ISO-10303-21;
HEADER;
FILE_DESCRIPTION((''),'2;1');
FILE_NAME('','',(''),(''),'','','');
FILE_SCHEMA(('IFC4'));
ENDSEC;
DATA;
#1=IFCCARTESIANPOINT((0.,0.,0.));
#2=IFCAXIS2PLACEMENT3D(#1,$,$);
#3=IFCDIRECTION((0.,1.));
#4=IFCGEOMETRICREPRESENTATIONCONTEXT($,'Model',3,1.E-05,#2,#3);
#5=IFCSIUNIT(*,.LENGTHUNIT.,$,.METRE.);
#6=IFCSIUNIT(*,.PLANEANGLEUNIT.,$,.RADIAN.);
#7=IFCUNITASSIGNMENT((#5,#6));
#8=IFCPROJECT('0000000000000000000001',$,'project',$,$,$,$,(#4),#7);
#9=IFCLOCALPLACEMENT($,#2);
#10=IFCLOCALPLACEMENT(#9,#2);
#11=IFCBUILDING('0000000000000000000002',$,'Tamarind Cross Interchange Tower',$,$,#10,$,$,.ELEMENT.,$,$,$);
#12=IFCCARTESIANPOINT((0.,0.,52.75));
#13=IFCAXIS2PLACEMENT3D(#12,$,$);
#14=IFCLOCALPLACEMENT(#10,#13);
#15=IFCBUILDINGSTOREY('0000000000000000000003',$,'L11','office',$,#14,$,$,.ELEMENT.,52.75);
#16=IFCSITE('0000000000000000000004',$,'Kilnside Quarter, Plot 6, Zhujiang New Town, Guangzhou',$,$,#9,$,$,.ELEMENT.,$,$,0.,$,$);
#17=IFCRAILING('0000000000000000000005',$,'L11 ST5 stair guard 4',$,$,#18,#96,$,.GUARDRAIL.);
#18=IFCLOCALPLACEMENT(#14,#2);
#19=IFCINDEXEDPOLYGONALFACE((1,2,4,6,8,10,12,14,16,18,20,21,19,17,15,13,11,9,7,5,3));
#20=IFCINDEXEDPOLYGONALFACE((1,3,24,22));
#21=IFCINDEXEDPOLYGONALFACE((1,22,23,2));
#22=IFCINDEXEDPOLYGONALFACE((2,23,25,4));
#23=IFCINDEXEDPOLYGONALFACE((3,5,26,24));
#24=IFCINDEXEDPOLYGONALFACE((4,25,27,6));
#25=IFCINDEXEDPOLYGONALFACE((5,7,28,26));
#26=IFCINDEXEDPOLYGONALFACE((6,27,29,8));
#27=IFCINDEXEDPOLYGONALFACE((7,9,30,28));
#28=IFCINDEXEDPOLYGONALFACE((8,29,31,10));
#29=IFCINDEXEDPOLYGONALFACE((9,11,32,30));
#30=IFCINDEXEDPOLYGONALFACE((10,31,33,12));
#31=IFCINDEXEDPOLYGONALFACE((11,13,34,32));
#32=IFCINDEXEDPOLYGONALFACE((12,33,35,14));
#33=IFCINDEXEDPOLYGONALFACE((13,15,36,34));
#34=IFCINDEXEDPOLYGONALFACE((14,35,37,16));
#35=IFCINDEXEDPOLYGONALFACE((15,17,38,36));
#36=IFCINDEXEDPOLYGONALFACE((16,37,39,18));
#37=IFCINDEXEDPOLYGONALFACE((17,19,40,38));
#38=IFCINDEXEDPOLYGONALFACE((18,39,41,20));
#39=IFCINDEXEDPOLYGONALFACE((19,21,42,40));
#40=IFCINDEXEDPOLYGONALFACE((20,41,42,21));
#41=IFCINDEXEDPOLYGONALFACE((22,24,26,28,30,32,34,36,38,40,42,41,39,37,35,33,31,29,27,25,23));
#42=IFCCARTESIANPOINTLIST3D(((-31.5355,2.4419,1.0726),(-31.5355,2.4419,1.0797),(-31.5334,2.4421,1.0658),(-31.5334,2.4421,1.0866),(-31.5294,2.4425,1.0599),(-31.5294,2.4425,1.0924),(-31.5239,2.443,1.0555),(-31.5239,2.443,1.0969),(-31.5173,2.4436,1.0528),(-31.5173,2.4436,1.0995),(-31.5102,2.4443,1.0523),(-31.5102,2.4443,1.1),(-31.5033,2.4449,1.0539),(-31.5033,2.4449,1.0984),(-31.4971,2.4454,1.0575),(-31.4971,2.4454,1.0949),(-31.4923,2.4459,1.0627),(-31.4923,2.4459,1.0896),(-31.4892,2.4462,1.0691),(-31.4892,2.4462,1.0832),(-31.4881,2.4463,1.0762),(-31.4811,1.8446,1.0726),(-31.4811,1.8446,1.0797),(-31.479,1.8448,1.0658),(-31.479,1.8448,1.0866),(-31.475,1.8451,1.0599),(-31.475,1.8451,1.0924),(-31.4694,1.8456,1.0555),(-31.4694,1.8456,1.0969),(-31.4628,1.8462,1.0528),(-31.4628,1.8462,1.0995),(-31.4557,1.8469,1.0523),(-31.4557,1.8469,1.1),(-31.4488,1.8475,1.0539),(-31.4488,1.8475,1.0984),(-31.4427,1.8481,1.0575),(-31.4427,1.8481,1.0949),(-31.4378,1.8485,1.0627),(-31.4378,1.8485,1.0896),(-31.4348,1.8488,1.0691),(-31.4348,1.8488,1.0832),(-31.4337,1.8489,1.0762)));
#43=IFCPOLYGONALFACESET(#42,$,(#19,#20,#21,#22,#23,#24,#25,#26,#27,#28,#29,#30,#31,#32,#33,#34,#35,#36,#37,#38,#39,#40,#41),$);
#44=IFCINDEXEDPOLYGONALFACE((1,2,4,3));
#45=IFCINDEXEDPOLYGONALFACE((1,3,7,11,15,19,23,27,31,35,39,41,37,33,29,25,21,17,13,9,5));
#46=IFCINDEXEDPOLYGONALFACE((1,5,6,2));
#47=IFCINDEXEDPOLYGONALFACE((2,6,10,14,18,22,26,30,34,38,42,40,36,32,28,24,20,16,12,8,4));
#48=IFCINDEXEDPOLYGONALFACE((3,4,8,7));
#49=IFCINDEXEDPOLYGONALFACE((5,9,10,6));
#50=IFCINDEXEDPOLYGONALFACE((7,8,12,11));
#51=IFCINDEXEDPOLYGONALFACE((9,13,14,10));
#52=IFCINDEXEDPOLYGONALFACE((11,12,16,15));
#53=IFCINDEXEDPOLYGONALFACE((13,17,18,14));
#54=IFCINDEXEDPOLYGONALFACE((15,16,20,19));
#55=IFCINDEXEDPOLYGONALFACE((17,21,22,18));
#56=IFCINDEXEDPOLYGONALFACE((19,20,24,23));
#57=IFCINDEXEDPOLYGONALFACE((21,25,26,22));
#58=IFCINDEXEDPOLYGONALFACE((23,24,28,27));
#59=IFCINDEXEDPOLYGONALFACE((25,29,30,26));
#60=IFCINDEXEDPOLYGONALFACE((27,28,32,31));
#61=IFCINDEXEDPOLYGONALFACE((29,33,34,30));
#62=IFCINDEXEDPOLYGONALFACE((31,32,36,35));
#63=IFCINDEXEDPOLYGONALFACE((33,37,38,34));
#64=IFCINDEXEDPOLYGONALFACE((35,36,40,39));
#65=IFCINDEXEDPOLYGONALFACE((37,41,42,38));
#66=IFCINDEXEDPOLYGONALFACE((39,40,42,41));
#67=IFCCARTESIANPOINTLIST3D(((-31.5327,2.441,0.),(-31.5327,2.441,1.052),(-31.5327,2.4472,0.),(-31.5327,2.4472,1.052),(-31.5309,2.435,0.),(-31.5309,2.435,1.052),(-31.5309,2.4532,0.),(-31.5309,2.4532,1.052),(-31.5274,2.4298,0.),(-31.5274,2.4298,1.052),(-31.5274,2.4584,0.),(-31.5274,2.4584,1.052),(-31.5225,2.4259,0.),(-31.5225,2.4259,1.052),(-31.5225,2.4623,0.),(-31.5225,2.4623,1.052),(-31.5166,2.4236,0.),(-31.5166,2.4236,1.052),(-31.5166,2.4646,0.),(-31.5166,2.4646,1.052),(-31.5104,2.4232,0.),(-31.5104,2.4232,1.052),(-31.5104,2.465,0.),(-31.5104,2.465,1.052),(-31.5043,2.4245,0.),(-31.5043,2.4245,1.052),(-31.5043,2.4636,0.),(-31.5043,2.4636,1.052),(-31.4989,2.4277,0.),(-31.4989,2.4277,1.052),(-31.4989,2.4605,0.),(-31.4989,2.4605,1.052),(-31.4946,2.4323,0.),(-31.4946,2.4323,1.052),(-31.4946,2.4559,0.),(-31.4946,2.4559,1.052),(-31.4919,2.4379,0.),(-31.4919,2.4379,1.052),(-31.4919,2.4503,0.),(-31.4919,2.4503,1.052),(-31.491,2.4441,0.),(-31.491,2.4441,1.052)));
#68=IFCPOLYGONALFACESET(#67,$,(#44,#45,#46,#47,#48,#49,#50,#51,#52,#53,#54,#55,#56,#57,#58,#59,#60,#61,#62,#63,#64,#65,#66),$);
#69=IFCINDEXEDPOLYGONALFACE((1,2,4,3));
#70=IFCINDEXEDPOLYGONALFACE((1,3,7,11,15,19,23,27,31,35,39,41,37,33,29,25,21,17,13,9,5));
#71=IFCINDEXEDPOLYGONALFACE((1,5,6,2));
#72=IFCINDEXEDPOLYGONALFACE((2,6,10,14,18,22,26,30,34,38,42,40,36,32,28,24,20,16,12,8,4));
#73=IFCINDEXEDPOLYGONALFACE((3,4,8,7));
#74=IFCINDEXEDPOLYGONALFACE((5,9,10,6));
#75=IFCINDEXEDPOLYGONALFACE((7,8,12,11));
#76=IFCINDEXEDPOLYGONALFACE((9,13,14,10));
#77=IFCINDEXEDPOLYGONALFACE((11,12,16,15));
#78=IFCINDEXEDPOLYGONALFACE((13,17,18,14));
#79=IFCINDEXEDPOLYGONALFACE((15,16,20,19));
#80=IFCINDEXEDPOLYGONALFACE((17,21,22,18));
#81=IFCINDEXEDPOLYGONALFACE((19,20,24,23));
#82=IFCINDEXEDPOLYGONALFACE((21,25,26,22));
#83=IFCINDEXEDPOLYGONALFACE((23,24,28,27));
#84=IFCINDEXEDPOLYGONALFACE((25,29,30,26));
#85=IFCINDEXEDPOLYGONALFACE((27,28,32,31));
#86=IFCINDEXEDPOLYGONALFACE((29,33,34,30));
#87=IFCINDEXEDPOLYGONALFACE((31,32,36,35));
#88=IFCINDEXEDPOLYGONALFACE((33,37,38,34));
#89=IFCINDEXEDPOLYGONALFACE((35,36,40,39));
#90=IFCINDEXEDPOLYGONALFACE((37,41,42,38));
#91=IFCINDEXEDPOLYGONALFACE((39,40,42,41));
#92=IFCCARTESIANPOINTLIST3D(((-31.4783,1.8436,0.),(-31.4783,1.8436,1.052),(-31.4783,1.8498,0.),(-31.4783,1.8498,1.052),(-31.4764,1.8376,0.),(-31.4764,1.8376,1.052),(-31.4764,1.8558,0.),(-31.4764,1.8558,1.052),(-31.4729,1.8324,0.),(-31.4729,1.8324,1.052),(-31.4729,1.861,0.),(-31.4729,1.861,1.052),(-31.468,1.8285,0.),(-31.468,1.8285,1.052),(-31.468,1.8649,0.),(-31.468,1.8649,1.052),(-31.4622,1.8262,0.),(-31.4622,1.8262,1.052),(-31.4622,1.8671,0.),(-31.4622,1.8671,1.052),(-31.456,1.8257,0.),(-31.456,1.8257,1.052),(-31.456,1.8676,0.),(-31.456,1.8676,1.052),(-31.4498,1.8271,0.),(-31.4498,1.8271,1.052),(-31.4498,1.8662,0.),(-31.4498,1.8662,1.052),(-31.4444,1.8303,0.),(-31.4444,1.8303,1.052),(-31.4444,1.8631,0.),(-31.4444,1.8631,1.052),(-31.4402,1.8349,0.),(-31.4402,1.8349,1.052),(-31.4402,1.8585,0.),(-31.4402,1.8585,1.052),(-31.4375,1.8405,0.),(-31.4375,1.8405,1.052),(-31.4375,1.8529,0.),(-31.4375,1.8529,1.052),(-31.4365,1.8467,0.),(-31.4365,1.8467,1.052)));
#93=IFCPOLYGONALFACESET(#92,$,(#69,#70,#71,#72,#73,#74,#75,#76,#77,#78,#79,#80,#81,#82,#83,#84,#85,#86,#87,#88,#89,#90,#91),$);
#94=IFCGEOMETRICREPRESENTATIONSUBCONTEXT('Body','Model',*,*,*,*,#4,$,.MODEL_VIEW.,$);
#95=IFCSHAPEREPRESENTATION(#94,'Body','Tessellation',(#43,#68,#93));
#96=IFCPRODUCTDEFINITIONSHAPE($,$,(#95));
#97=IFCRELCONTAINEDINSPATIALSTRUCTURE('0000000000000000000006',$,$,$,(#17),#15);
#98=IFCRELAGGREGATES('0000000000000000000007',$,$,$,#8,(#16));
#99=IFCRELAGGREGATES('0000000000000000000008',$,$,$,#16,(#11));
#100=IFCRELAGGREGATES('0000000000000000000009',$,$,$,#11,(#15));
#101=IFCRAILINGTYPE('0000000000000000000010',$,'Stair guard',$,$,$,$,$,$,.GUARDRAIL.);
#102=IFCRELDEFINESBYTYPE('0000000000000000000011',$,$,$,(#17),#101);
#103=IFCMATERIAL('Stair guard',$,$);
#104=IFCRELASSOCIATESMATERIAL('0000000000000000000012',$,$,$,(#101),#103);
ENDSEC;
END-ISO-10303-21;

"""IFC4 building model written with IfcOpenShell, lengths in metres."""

from ifc_helpers import new_model, si_unit, direction, frame, origin, origin_2d, place, context, subcontext, project, spatial, circle, extrude, material, type_object, element, save


model = new_model("IFC4")

# Units and contexts
model_context = context("Model", 3, precision=1e-05, world=origin(), true_north=direction((0.0, 1.0)))
body_context = subcontext(model_context, "Body", "Model", "MODEL_VIEW")
ifc_project = project(units=[si_unit("LENGTHUNIT", "METRE"), si_unit("PLANEANGLEUNIT", "RADIAN")], contexts=[model_context])

# Site, building, storey
site_placement = place(None, origin())
site = spatial("IfcSite", under=ifc_project, at=site_placement, Name="Kilnside Quarter, Plot 6, Zhujiang New Town, Guangzhou", CompositionType="ELEMENT", RefElevation=0.0)
building_placement = place(site_placement, origin())
building = spatial("IfcBuilding", under=site, at=building_placement, Name="Tamarind Cross Interchange Tower", CompositionType="ELEMENT")
storey_placement = place(building_placement, frame((0.0, 0.0, 52.75)))
storey = spatial("IfcBuildingStorey", under=building, at=storey_placement, Name="L11", Description="office", CompositionType="ELEMENT", Elevation=52.75)

# Railing
ifc_material_1 = material(Name="Stair guard")
railing_type_1 = type_object("IfcRailingType", Name="Stair guard", PredefinedType="GUARDRAIL", material=ifc_material_1)
railing_1_placement = place(storey_placement, frame((-31.512, 2.4441, 0.0)))
element("IfcRailing", 1, at=railing_1_placement, inside=storey, type_object=railing_type_1, Name="L11 ST5 stair guard 4", PredefinedType="GUARDRAIL", context=body_context, shape_type="SweptSolid", body=[
    extrude(circle(Radius=0.0239, at=origin_2d()), frame((0.0, 0.0, 1.0762), z_axis=(0.090756, -0.995873, 0.0), x_axis=(0.995873, 0.090756, 0.0)), (0.0, 0.0, 1.0), 0.5999),
    extrude(circle(Radius=0.021, at=origin_2d()), origin(), (0.0, 0.0, 1.0), 1.052),
    extrude(circle(Radius=0.021, at=origin_2d()), frame((0.0544, -0.5974, 0.0)), (0.0, 0.0, 1.0), 1.052),
])

save(model, "model.ifc")
